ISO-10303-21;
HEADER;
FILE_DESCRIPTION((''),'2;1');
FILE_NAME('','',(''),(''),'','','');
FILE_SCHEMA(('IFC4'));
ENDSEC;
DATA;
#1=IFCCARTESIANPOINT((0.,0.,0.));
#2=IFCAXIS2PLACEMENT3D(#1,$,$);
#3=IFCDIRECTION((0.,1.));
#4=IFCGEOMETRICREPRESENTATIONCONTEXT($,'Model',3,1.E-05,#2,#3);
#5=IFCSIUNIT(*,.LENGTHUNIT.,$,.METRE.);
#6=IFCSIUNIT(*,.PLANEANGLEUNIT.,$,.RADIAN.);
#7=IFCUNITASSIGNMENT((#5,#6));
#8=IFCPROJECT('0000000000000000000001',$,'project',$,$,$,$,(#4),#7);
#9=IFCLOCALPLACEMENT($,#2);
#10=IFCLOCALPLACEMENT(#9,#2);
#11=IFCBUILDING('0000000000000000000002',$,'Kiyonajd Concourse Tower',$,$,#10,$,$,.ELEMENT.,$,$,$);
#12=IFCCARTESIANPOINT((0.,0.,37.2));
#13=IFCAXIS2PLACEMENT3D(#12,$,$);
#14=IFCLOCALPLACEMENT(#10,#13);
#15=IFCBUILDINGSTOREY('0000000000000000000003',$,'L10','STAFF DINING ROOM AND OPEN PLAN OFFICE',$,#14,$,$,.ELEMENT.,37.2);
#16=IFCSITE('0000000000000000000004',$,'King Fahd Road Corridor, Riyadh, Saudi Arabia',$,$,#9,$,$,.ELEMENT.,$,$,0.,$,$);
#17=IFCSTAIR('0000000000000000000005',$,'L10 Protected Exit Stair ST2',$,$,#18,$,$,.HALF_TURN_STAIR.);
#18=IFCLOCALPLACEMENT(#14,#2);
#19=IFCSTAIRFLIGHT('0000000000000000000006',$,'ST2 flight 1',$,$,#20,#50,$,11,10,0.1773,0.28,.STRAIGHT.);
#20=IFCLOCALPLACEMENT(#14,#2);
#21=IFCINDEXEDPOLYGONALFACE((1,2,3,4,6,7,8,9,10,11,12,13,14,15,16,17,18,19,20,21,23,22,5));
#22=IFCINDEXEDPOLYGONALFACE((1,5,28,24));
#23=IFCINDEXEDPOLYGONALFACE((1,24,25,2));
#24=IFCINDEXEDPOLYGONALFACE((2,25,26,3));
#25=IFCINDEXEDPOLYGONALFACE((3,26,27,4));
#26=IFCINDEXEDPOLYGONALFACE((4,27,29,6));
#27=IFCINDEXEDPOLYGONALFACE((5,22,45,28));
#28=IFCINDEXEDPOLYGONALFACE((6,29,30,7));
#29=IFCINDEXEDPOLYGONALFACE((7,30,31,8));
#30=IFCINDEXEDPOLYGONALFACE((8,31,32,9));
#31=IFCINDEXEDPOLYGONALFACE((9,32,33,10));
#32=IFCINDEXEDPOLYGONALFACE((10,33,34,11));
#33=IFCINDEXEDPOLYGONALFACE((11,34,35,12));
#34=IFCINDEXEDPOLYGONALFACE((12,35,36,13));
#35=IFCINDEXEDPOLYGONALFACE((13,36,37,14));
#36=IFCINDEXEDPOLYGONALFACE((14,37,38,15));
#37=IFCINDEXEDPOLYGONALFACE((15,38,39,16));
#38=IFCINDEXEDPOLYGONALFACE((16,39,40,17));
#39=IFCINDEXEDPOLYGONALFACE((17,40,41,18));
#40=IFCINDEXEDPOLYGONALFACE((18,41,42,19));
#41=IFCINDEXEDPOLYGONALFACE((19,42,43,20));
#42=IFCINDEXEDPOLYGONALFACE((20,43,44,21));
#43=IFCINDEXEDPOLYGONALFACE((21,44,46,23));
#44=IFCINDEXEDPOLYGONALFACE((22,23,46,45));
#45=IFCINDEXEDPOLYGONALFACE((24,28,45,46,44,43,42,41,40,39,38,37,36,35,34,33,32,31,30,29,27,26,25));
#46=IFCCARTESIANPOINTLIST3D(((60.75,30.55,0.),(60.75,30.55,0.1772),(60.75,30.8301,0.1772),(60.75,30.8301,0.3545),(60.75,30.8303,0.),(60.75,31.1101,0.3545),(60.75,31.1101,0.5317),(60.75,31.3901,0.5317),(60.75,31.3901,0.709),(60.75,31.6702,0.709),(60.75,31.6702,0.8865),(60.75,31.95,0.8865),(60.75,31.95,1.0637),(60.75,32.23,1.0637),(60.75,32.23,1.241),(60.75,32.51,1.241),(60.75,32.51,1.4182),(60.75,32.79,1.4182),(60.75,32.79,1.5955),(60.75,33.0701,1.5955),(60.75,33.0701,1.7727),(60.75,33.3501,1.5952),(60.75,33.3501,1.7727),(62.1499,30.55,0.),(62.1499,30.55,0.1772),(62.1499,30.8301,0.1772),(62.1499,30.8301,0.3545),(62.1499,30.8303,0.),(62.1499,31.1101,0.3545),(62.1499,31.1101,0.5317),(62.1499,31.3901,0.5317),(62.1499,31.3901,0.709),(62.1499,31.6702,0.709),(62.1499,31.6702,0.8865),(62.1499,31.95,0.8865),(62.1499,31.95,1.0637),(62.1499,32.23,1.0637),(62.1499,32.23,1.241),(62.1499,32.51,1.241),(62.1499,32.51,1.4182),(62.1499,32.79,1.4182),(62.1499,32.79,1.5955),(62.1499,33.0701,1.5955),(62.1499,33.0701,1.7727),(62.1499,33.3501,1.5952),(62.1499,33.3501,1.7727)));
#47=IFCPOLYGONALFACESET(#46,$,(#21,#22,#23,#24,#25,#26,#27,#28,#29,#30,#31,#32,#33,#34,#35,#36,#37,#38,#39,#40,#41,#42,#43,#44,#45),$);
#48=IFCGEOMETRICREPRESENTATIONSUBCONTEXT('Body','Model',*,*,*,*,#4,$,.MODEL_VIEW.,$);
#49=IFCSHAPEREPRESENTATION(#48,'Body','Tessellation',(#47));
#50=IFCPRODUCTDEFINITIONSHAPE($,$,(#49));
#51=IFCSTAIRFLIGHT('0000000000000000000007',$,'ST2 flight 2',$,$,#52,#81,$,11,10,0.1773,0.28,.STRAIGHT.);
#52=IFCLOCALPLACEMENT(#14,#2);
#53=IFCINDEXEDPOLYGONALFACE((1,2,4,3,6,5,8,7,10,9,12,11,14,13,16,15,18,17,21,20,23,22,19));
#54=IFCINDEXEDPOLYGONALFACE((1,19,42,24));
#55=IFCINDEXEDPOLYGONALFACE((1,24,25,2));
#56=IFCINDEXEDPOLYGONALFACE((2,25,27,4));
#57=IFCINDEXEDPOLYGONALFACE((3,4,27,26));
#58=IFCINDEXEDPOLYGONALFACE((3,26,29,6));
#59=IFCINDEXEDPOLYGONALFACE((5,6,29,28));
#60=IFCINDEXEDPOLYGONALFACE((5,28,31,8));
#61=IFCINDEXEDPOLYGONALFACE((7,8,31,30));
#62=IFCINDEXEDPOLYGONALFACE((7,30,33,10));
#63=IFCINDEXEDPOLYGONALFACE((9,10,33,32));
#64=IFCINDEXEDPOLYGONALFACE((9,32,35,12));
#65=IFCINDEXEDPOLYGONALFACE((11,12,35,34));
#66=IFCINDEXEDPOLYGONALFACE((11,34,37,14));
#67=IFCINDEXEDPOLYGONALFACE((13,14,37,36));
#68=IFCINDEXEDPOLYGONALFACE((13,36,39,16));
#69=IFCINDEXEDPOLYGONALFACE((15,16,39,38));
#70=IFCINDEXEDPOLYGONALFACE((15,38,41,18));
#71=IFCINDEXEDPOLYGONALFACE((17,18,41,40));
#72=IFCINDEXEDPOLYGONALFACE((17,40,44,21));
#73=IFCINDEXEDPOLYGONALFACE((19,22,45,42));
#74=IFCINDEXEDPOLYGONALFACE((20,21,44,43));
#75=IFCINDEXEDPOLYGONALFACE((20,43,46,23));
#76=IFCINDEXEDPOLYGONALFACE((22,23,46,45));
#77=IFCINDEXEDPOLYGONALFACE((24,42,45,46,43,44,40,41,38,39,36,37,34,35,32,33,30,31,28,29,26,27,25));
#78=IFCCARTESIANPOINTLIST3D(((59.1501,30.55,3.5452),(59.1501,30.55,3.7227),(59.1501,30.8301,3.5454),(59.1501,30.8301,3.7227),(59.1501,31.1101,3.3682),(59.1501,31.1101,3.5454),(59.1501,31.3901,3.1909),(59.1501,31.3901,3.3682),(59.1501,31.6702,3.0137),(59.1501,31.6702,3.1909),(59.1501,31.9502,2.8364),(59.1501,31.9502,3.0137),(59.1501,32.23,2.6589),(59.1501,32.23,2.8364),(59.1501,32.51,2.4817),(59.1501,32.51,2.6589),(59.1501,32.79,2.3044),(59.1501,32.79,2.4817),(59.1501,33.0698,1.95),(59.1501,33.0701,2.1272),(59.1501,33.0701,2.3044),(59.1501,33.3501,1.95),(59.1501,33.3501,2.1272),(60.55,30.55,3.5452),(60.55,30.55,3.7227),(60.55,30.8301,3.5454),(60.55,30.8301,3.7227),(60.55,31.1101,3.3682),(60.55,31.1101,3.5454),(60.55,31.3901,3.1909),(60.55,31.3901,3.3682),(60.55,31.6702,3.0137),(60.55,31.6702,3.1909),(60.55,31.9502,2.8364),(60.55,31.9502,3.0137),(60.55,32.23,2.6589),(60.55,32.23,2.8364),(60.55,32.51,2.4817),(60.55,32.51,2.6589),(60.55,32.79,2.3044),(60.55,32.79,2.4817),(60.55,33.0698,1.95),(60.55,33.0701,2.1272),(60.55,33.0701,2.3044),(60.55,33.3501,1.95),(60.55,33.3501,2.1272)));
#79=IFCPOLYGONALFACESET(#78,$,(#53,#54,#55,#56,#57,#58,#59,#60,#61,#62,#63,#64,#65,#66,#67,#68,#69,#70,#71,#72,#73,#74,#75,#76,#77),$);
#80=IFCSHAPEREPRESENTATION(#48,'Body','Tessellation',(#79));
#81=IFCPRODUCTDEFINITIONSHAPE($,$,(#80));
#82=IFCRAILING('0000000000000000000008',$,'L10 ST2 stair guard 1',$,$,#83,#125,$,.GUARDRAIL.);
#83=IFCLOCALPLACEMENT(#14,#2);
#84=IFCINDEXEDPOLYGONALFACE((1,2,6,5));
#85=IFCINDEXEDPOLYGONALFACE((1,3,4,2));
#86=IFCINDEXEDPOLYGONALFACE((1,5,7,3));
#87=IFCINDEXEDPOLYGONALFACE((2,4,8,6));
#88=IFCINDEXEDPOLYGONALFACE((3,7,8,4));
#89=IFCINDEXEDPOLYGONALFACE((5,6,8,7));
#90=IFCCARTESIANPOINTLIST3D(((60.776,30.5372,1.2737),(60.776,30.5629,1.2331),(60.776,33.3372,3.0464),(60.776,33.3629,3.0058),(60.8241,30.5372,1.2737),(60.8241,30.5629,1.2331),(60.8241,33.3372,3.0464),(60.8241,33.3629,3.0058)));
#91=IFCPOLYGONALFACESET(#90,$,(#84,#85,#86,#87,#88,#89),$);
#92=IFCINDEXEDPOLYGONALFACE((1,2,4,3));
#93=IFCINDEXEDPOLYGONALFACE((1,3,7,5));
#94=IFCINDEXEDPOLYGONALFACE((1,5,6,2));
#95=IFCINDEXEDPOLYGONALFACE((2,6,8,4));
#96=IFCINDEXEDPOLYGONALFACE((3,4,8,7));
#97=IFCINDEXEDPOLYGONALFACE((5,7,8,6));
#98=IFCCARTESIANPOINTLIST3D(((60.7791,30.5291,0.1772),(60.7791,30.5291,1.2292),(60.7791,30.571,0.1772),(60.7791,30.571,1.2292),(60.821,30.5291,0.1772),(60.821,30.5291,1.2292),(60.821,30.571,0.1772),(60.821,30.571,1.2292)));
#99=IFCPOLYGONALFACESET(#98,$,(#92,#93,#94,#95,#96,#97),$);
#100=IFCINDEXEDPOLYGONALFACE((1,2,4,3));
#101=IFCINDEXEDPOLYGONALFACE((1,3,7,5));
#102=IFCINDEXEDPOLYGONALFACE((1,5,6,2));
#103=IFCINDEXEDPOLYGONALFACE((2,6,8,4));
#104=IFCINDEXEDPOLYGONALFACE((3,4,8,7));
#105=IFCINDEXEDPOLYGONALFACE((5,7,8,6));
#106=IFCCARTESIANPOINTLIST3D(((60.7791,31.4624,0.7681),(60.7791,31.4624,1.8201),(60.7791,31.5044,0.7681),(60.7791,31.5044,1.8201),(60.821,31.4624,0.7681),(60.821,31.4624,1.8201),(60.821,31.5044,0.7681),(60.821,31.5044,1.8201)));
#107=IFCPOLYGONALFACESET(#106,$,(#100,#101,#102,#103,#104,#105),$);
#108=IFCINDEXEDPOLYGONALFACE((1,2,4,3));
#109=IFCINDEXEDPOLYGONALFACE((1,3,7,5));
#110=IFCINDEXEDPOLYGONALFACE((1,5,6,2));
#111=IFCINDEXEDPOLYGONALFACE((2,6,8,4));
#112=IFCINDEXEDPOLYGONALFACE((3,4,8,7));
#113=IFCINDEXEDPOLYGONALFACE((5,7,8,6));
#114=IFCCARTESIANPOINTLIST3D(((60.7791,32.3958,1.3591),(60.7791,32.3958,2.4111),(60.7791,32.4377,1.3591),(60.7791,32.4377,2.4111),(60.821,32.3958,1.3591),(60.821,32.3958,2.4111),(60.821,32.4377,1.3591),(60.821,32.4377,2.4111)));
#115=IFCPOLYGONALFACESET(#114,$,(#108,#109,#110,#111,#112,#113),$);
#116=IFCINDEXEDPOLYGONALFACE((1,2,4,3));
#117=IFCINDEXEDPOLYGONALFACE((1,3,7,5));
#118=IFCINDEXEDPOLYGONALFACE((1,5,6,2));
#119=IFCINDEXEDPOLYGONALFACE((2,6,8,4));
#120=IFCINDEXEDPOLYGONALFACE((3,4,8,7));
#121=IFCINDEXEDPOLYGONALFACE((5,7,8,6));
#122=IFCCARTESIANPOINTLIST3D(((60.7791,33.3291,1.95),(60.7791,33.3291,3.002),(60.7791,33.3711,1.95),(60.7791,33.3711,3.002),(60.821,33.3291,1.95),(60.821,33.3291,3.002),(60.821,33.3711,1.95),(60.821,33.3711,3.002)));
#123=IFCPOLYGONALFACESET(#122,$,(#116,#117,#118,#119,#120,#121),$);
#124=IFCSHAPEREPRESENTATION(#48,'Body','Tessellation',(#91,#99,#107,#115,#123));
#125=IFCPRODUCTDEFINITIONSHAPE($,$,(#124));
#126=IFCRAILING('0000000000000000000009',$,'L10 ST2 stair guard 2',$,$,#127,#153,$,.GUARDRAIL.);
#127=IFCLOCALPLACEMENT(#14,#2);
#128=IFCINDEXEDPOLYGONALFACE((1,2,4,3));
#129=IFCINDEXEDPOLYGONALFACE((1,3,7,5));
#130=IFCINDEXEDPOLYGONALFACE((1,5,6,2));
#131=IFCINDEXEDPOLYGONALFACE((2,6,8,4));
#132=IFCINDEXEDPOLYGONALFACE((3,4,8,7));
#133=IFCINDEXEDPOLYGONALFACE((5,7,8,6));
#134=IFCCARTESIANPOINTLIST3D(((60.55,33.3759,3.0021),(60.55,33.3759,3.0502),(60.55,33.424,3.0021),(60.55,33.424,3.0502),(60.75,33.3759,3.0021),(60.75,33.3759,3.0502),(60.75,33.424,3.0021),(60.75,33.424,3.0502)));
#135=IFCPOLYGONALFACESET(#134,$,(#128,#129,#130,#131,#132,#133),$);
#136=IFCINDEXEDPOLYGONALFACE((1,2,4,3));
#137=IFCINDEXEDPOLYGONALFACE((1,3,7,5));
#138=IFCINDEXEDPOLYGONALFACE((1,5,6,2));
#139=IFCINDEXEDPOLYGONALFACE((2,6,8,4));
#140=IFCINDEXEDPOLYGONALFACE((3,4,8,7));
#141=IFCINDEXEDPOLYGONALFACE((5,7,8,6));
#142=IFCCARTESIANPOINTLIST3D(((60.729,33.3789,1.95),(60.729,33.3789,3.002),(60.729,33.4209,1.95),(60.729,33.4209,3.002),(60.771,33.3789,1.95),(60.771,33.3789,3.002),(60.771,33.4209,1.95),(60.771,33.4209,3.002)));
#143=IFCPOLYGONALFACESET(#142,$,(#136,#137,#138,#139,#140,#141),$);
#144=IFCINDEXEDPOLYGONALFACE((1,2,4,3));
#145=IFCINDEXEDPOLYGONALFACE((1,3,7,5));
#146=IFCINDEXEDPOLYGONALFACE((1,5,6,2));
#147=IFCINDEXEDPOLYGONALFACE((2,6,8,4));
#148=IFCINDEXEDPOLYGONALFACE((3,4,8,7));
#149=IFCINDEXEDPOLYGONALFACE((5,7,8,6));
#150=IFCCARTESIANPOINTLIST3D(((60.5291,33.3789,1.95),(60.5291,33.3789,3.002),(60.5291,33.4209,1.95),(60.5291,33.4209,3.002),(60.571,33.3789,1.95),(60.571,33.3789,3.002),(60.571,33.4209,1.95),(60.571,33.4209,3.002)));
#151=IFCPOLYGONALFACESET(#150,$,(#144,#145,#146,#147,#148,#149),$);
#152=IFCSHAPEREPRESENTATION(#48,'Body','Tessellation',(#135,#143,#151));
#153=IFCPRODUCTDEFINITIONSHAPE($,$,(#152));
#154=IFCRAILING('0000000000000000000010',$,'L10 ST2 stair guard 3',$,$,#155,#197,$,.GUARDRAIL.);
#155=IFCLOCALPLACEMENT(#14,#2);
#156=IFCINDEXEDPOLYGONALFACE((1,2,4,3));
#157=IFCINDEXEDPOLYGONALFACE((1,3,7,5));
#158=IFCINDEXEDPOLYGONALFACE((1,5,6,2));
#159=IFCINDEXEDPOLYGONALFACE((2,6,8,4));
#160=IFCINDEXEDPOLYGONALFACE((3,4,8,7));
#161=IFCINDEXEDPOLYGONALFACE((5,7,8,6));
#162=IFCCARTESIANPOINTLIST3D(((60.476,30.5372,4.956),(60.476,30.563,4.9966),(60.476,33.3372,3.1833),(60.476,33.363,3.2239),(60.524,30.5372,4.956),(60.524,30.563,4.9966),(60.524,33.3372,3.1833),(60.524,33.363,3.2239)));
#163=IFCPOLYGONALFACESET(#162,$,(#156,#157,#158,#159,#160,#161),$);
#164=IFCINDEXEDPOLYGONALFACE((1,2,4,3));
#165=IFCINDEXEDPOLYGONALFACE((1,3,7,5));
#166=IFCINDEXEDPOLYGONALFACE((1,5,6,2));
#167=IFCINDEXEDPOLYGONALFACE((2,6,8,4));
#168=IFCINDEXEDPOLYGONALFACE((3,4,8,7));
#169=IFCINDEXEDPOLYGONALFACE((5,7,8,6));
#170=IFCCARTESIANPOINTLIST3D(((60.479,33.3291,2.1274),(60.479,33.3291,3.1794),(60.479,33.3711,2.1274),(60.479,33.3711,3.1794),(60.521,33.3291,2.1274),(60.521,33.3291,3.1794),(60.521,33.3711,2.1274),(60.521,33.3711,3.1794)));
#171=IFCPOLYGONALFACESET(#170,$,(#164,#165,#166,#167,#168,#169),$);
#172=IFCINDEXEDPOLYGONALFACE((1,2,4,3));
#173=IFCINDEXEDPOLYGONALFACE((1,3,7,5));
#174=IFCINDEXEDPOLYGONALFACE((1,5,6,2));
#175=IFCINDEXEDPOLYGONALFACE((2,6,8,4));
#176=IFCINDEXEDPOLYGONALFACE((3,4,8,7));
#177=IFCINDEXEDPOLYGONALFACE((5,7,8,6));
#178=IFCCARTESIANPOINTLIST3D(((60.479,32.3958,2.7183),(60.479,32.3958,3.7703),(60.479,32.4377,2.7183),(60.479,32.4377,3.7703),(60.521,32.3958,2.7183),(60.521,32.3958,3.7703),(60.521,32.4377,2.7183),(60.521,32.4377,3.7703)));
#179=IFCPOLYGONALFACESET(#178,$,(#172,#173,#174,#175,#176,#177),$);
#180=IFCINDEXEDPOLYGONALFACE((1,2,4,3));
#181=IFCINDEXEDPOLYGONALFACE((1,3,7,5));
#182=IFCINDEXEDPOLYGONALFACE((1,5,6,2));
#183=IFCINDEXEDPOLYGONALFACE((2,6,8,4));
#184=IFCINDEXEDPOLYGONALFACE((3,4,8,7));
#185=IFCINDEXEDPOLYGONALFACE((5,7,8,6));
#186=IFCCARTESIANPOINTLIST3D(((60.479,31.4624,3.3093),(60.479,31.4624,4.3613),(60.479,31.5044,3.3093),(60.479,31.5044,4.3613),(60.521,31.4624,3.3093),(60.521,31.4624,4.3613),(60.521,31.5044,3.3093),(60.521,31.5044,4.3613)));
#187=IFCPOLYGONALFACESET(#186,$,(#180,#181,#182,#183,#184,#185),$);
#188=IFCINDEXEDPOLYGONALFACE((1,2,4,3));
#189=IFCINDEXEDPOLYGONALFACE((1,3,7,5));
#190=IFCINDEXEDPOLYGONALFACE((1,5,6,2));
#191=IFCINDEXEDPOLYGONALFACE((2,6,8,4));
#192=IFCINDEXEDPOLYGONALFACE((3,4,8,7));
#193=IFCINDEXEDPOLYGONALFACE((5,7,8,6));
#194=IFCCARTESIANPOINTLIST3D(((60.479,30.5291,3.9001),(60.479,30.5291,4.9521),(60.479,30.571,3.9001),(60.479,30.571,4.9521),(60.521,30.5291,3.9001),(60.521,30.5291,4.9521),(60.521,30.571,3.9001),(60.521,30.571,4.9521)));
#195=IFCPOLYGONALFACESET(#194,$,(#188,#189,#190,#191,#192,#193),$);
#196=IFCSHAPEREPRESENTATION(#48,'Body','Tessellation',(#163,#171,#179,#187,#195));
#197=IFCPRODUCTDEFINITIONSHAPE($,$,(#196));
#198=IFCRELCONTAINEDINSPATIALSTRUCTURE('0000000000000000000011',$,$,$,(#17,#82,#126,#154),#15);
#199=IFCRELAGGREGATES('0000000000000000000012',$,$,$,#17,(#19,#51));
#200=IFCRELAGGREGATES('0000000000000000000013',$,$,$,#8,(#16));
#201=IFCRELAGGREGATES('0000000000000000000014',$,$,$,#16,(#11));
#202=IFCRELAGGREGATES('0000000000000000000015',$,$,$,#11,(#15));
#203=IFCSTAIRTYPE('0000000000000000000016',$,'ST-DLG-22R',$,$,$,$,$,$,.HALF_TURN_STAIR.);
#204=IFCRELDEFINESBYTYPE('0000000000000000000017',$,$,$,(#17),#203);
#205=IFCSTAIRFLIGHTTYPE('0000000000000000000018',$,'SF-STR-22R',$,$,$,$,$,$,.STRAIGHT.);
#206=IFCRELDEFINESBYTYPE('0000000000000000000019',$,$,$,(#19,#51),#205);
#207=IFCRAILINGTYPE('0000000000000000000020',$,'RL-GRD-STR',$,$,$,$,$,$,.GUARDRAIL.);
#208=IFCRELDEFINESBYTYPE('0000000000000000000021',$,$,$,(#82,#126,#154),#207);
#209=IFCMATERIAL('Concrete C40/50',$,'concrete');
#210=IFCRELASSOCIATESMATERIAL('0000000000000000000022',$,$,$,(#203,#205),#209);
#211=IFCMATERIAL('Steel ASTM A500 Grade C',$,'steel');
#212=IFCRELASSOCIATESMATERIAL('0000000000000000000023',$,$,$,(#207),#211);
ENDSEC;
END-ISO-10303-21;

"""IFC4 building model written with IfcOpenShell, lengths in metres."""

from ifc_helpers import new_model, si_unit, direction, frame, origin, origin_2d, place, context, subcontext, project, spatial, polyline, rectangle, outline, extrude, material, type_object, element, aggregate, save


model = new_model("IFC4")

# Units and contexts
model_context = context("Model", 3, precision=1e-05, world=origin(), true_north=direction((0.0, 1.0)))
body_context = subcontext(model_context, "Body", "Model", "MODEL_VIEW")
ifc_project = project(units=[si_unit("LENGTHUNIT", "METRE"), si_unit("PLANEANGLEUNIT", "RADIAN")], contexts=[model_context])

# Site, building, storey
site_placement = place(None, origin())
site = spatial("IfcSite", under=ifc_project, at=site_placement, Name="King Fahd Road Corridor, Riyadh, Saudi Arabia", CompositionType="ELEMENT", RefElevation=0.0)
building_placement = place(site_placement, origin())
building = spatial("IfcBuilding", under=site, at=building_placement, Name="Kiyonajd Concourse Tower", CompositionType="ELEMENT")
storey_placement = place(building_placement, frame((0.0, 0.0, 37.2)))
storey = spatial("IfcBuildingStorey", under=building, at=storey_placement, Name="L10", Description="STAFF DINING ROOM AND OPEN PLAN OFFICE", CompositionType="ELEMENT", Elevation=37.2)

# Stair, stair flights
ifc_material_1 = material(Name="Concrete C40/50", Category="concrete")
stair_type = type_object("IfcStairType", Name="ST-DLG-22R", PredefinedType="HALF_TURN_STAIR", material=ifc_material_1)
stair_placement = place(storey_placement, origin())
stair = element("IfcStair", 1, at=stair_placement, inside=storey, type_object=stair_type, Name="L10 Protected Exit Stair ST2", PredefinedType="HALF_TURN_STAIR")
stair_flight_type = type_object("IfcStairFlightType", Name="SF-STR-22R", PredefinedType="STRAIGHT", material=ifc_material_1)
stair_flight_1_placement = place(storey_placement, frame((61.45, 30.55, 0.0), z_axis=(0.0, 0.0, 1.0), x_axis=(0.0, 1.0, 0.0)))
stair_flight_1 = element("IfcStairFlight", 2, at=stair_flight_1_placement, type_object=stair_flight_type, Name="ST2 flight 1", NumberOfRisers=11, NumberOfTreads=10, PredefinedType="STRAIGHT", RiserHeight=0.1773, TreadLength=0.28, context=body_context, shape_type="SweptSolid", body=[
    extrude(outline(polyline([(0.0, 0.0), (0.0, 0.1772), (0.28, 0.1772), (0.28, 0.3545), (0.5601, 0.3545), (0.5601, 0.5317), (0.8401, 0.5317), (0.8401, 0.709), (1.1201, 0.709), (1.1201, 0.8865), (1.3999, 0.8865), (1.3999, 1.0637), (1.6799, 1.0637), (1.6799, 1.241), (1.96, 1.241), (1.96, 1.4182), (2.24, 1.4182), (2.24, 1.5955), (2.52, 1.5955), (2.52, 1.7727), (2.8, 1.7727), (2.8, 1.95), (2.8, 1.5952), (0.2803, 0.0), (0.0, 0.0)])), frame((0.0, 0.7, 0.0), z_axis=(0.0, -1.0, 0.0), x_axis=(1.0, 0.0, 0.0)), (0.0, 0.0, 1.0), 1.3999),
])
stair_flight_2_placement = place(storey_placement, frame((59.8501, 33.3501, 1.95), z_axis=(0.0, 0.0, 1.0), x_axis=(0.0, -1.0, 0.0)))
stair_flight_2 = element("IfcStairFlight", 3, at=stair_flight_2_placement, type_object=stair_flight_type, Name="ST2 flight 2", NumberOfRisers=11, NumberOfTreads=10, PredefinedType="STRAIGHT", RiserHeight=0.1773, TreadLength=0.28, context=body_context, shape_type="SweptSolid", body=[
    extrude(outline(polyline([(0.0, 0.0), (0.0, 0.1772), (0.28, 0.1772), (0.28, 0.3545), (0.5601, 0.3545), (0.5601, 0.5317), (0.8401, 0.5317), (0.8401, 0.709), (1.1201, 0.709), (1.1201, 0.8865), (1.3999, 0.8865), (1.3999, 1.0637), (1.6799, 1.0637), (1.6799, 1.241), (1.96, 1.241), (1.96, 1.4182), (2.24, 1.4182), (2.24, 1.5955), (2.52, 1.5955), (2.52, 1.7727), (2.8, 1.7727), (2.8, 1.95), (2.8, 1.5952), (0.2803, 0.0), (0.0, 0.0)])), frame((0.0, 0.7, 0.0), z_axis=(0.0, -1.0, 0.0), x_axis=(1.0, 0.0, 0.0)), (0.0, 0.0, 1.0), 1.3999),
])
aggregate(stair, [stair_flight_1, stair_flight_2])

# Railings
ifc_material_2 = material(Name="Steel ASTM A500 Grade C", Category="steel")
railing_type_1 = type_object("IfcRailingType", Name="RL-GRD-STR", PredefinedType="GUARDRAIL", material=ifc_material_2)
railing_1_placement = place(storey_placement, frame((60.8, 30.55, 0.1772)))
element("IfcRailing", 4, at=railing_1_placement, inside=storey, type_object=railing_type_1, Name="L10 ST2 stair guard 1", PredefinedType="GUARDRAIL", context=body_context, shape_type="SweptSolid", body=[
    extrude(rectangle(XDim=0.0481, YDim=0.0481, at=origin_2d()), frame((0.0, 0.0, 1.0762), z_axis=(0.0, 0.844909, 0.53491), x_axis=(-1.0, 0.0, 0.0)), (0.0, 0.0, 1.0), 3.314),
    extrude(rectangle(XDim=0.042, YDim=0.042, at=origin_2d()), origin(), (0.0, 0.0, 1.0), 1.052),
    extrude(rectangle(XDim=0.042, YDim=0.042, at=origin_2d()), frame((0.0, 0.9333, 0.5908)), (0.0, 0.0, 1.0), 1.052),
    extrude(rectangle(XDim=0.042, YDim=0.042, at=origin_2d()), frame((0.0, 1.8667, 1.1819)), (0.0, 0.0, 1.0), 1.052),
    extrude(rectangle(XDim=0.042, YDim=0.042, at=origin_2d()), frame((0.0, 2.8, 1.7727)), (0.0, 0.0, 1.0), 1.052),
])
railing_2_placement = place(storey_placement, frame((60.75, 33.3999, 1.95)))
element("IfcRailing", 5, at=railing_2_placement, inside=storey, type_object=railing_type_1, Name="L10 ST2 stair guard 2", PredefinedType="GUARDRAIL", context=body_context, shape_type="SweptSolid", body=[
    extrude(rectangle(XDim=0.0481, YDim=0.0481, at=origin_2d()), frame((0.0, 0.0, 1.0762), z_axis=(-1.0, 0.0, 0.0), x_axis=(0.0, -1.0, 0.0)), (0.0, 0.0, 1.0), 0.2),
    extrude(rectangle(XDim=0.042, YDim=0.042, at=origin_2d()), origin(), (0.0, 0.0, 1.0), 1.052),
    extrude(rectangle(XDim=0.042, YDim=0.042, at=origin_2d()), frame((-0.2, 0.0, 0.0)), (0.0, 0.0, 1.0), 1.052),
])
railing_3_placement = place(storey_placement, frame((60.5, 33.3501, 2.1274)))
element("IfcRailing", 6, at=railing_3_placement, inside=storey, type_object=railing_type_1, Name="L10 ST2 stair guard 3", PredefinedType="GUARDRAIL", context=body_context, shape_type="SweptSolid", body=[
    extrude(rectangle(XDim=0.0481, YDim=0.0481, at=origin_2d()), frame((0.0, 0.0, 1.0762), z_axis=(0.0, -0.844909, 0.53491), x_axis=(1.0, 0.0, 0.0)), (0.0, 0.0, 1.0), 3.314),
    extrude(rectangle(XDim=0.042, YDim=0.042, at=origin_2d()), origin(), (0.0, 0.0, 1.0), 1.052),
    extrude(rectangle(XDim=0.042, YDim=0.042, at=origin_2d()), frame((0.0, -0.9333, 0.5908)), (0.0, 0.0, 1.0), 1.052),
    extrude(rectangle(XDim=0.042, YDim=0.042, at=origin_2d()), frame((0.0, -1.8667, 1.1819)), (0.0, 0.0, 1.0), 1.052),
    extrude(rectangle(XDim=0.042, YDim=0.042, at=origin_2d()), frame((0.0, -2.8, 1.7727)), (0.0, 0.0, 1.0), 1.052),
])

save(model, "model.ifc")
